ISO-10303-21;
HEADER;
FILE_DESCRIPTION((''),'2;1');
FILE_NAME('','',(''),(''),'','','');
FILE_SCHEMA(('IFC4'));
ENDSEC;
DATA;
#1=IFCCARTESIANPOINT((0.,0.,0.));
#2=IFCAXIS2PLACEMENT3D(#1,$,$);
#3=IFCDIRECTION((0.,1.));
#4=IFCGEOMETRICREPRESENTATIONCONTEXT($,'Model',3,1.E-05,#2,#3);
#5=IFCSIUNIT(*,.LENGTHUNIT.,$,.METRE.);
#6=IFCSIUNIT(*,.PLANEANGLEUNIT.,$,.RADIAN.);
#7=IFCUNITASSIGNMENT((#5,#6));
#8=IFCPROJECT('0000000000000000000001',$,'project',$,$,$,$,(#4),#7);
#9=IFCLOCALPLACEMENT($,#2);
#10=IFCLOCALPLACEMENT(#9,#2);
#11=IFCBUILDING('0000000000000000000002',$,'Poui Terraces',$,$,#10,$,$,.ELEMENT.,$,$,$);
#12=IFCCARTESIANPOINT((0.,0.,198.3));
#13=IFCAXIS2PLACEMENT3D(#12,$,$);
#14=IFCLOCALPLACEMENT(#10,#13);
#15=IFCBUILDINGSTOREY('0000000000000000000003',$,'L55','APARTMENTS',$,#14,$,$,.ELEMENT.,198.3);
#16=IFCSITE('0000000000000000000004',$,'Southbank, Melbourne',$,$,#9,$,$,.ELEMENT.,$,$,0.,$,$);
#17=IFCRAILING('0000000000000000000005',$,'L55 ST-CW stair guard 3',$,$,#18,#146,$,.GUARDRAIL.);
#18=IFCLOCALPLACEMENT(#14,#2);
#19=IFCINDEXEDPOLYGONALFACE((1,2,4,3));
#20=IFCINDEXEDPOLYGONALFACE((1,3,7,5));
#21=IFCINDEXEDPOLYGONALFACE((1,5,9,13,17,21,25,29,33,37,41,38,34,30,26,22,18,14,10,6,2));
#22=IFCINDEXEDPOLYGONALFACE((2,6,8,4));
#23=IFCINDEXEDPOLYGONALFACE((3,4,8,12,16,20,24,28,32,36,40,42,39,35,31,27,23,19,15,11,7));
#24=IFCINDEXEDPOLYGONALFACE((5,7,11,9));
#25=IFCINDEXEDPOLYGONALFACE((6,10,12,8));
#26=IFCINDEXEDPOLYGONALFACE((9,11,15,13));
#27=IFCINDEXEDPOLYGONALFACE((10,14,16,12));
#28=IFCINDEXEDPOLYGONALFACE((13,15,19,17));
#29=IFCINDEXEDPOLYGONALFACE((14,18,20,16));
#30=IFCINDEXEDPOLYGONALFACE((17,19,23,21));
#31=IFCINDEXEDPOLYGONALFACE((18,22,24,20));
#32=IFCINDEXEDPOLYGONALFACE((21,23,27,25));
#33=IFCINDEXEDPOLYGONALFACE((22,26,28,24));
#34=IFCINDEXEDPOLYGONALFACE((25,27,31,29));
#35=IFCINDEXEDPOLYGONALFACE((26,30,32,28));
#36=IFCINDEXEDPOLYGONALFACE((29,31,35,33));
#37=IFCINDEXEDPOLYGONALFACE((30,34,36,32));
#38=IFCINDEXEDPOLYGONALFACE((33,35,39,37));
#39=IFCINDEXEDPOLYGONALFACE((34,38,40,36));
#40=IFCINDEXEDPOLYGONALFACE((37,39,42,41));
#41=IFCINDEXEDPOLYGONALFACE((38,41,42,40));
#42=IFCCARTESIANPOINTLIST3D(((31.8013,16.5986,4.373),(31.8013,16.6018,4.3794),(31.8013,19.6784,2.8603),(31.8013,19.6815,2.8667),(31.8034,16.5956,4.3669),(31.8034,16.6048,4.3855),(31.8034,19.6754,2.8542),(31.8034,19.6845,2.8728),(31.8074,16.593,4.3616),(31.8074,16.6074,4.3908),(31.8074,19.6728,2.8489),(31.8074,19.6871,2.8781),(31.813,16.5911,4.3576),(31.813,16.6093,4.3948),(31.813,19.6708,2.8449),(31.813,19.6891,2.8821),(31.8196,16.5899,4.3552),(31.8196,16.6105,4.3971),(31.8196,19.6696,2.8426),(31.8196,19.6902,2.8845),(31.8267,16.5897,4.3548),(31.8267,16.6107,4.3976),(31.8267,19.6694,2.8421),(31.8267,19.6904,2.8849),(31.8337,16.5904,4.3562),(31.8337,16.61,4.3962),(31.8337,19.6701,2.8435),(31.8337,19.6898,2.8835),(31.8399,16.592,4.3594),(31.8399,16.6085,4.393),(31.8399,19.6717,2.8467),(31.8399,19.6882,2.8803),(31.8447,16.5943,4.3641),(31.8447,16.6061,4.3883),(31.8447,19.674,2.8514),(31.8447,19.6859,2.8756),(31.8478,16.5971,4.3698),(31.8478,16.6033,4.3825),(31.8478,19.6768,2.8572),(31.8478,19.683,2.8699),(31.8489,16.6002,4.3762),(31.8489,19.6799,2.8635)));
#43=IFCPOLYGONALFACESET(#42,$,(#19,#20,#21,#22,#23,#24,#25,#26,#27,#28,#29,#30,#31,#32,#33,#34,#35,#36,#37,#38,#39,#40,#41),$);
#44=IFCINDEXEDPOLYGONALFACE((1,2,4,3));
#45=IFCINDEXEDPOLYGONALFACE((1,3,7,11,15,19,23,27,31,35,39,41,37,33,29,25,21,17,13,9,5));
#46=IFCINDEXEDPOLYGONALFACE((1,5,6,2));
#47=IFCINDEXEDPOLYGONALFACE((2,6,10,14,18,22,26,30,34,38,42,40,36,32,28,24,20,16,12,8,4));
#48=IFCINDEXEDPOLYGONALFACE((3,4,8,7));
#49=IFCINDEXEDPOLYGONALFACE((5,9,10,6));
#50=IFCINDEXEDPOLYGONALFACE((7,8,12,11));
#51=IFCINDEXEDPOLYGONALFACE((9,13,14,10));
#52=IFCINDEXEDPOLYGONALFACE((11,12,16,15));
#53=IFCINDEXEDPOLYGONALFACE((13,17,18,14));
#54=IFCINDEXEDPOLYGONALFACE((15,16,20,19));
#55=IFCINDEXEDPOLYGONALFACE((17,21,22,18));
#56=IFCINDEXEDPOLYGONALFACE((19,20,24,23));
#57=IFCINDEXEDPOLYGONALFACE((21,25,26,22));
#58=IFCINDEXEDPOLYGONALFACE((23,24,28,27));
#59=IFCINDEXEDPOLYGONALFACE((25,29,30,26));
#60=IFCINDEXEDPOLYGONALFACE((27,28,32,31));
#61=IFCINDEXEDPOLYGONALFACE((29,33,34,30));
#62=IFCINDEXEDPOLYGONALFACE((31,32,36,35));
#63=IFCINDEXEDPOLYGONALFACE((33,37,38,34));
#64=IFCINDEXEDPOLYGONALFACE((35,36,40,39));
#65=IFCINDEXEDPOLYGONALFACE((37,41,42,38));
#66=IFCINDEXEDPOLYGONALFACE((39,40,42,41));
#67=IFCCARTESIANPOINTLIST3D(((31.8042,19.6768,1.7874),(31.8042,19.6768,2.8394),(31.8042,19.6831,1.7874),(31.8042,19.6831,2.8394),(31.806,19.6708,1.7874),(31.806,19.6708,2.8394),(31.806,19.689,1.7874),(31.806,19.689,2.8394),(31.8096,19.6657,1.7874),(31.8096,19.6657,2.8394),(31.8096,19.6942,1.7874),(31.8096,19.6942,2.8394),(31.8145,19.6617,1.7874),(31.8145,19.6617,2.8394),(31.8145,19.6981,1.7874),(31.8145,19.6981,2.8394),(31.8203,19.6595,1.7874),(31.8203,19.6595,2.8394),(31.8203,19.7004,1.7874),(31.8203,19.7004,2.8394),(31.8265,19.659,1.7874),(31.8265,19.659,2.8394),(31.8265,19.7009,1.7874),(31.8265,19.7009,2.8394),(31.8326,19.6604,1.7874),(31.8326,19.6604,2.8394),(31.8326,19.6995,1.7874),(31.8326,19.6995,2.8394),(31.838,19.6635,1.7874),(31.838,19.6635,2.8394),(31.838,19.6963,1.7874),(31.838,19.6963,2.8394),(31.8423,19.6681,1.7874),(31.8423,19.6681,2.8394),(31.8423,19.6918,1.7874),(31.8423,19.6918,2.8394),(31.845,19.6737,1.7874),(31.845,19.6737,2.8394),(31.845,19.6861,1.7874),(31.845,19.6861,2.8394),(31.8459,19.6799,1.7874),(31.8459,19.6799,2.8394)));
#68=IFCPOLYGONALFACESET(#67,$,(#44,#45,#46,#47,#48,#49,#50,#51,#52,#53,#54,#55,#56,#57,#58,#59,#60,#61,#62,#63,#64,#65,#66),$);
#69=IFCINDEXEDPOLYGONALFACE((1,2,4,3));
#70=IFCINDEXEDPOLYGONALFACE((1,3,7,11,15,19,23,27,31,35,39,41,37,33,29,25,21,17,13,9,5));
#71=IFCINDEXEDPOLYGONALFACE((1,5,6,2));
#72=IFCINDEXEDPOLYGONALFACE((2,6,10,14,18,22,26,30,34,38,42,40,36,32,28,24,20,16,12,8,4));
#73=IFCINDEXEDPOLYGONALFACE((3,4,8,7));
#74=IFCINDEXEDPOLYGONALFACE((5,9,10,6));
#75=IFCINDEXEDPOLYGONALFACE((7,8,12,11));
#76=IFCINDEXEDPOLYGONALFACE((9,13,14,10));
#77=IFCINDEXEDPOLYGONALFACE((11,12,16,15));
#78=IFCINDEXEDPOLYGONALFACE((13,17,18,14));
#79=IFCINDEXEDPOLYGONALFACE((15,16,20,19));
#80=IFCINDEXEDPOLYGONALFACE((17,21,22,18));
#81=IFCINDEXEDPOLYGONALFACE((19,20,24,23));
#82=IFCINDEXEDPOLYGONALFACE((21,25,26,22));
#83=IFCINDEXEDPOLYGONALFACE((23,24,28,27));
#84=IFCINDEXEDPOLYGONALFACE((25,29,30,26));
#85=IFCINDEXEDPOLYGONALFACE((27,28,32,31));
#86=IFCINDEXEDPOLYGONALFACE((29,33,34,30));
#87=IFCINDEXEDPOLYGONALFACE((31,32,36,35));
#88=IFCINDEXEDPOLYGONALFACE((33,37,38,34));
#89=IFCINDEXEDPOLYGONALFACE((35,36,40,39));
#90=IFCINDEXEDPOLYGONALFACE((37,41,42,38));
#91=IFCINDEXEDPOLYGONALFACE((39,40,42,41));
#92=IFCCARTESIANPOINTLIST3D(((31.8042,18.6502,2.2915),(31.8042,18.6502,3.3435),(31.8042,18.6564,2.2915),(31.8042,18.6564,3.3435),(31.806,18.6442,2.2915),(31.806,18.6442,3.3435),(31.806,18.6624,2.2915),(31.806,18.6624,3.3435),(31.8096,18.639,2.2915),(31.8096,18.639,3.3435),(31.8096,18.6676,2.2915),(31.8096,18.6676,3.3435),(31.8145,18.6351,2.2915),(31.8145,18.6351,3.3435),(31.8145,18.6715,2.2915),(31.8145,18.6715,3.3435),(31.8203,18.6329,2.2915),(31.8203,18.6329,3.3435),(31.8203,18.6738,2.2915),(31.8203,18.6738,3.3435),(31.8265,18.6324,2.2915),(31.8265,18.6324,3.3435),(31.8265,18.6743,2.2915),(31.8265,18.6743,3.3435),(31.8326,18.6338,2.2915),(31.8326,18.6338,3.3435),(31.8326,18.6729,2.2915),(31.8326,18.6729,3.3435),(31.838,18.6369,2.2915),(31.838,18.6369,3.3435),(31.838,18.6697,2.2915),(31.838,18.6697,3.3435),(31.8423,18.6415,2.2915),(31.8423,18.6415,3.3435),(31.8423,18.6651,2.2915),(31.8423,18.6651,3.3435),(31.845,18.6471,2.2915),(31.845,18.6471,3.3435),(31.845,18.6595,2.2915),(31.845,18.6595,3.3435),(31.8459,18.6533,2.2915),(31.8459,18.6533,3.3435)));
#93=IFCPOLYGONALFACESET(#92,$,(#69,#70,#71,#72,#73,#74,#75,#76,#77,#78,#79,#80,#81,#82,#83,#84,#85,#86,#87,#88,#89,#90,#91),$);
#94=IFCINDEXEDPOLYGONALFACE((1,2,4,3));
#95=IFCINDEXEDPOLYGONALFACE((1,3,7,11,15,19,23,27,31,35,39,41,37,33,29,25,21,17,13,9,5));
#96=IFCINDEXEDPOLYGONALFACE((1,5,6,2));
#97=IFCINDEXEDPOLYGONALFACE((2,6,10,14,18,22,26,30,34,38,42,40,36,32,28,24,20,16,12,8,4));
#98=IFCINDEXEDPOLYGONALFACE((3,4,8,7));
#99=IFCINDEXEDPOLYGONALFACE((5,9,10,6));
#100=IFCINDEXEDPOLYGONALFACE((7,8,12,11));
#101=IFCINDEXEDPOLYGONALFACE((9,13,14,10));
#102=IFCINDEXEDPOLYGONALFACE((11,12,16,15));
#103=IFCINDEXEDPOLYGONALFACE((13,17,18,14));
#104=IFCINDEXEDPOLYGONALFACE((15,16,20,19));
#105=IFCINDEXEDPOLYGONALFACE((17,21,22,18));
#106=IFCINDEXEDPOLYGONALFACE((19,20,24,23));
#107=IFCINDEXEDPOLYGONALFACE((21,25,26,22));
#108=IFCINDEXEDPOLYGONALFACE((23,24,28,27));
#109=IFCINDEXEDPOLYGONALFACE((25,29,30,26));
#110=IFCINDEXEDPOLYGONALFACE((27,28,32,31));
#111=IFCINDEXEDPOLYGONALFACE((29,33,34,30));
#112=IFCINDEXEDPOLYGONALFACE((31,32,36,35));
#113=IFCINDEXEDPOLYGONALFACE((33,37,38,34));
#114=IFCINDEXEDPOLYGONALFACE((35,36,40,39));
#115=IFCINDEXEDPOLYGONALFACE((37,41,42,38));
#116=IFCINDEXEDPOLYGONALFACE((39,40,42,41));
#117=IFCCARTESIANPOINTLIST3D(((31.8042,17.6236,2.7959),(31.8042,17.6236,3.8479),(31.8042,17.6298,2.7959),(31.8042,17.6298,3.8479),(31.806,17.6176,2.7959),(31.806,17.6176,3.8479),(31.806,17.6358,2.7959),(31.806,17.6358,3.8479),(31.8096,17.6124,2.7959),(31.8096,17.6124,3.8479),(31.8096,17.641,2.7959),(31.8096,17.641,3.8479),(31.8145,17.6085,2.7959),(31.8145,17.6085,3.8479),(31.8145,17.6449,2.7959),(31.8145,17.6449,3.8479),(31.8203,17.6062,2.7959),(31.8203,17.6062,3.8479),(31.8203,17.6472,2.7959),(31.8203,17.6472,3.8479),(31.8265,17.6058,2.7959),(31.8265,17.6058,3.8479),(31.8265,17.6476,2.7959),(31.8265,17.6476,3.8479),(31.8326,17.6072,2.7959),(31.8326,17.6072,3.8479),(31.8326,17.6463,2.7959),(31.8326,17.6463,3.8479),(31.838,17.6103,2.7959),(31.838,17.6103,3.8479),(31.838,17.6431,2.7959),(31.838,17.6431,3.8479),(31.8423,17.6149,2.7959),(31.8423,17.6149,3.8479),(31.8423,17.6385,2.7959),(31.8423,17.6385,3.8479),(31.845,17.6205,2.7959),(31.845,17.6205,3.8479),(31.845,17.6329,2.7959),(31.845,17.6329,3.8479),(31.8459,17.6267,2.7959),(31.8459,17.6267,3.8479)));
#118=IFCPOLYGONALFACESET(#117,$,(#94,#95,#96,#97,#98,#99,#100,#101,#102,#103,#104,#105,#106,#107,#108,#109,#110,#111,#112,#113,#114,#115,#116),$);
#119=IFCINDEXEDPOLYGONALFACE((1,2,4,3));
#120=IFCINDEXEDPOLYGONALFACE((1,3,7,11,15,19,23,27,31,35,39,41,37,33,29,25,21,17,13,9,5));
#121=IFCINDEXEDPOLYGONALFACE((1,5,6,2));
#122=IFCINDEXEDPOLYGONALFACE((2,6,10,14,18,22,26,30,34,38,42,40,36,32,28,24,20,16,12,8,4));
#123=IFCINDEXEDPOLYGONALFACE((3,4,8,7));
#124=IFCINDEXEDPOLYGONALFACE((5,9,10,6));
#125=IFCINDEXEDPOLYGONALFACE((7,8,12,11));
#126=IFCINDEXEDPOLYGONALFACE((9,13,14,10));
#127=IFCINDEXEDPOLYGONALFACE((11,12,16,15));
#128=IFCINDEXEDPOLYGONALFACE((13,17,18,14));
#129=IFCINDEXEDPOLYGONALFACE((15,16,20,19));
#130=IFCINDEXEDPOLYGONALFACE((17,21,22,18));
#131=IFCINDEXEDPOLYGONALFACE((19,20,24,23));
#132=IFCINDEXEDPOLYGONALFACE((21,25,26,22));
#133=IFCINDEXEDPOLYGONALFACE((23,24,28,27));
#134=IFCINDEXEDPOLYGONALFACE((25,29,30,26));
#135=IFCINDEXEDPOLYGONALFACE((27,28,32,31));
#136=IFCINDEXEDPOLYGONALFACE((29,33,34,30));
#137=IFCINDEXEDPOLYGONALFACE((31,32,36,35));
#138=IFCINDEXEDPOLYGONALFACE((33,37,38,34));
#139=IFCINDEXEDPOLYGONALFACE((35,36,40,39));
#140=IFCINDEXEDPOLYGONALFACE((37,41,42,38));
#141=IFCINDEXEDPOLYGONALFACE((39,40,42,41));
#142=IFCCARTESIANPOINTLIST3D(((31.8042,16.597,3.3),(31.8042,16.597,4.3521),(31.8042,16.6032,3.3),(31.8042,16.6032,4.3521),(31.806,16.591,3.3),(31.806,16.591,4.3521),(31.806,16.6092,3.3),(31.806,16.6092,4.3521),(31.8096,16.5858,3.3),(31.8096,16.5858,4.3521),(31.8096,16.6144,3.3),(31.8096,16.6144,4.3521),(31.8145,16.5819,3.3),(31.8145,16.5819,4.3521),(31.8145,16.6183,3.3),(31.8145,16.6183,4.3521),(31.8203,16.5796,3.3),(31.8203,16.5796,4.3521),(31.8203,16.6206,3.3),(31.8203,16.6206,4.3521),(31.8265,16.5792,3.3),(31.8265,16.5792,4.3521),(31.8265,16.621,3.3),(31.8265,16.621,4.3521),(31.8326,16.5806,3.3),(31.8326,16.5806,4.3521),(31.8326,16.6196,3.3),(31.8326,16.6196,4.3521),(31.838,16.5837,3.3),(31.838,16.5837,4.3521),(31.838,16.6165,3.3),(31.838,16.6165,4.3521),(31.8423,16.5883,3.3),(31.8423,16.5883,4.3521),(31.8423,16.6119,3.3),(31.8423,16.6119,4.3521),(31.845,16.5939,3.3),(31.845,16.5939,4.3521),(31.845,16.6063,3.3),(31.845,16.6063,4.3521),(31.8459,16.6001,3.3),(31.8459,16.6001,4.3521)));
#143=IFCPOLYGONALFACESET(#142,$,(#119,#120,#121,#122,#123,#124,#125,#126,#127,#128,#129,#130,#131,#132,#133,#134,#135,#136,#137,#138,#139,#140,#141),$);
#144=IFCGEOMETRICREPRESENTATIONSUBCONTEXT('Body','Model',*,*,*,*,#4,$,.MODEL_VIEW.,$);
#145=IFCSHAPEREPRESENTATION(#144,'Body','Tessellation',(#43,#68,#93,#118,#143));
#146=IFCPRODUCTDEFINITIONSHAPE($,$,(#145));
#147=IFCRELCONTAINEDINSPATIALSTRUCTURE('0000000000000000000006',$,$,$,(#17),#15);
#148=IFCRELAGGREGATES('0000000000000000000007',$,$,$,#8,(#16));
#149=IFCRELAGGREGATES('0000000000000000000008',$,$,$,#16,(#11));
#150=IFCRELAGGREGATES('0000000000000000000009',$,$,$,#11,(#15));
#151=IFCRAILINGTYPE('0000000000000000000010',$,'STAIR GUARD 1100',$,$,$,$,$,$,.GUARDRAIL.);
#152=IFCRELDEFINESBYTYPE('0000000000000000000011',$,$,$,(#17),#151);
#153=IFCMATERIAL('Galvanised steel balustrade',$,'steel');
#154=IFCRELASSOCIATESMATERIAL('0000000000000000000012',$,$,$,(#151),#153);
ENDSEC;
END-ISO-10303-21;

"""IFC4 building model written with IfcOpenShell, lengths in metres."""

from ifc_helpers import new_model, si_unit, direction, frame, origin, origin_2d, place, context, subcontext, project, spatial, circle, extrude, material, type_object, element, save


model = new_model("IFC4")

# Units and contexts
model_context = context("Model", 3, precision=1e-05, world=origin(), true_north=direction((0.0, 1.0)))
body_context = subcontext(model_context, "Body", "Model", "MODEL_VIEW")
ifc_project = project(units=[si_unit("LENGTHUNIT", "METRE"), si_unit("PLANEANGLEUNIT", "RADIAN")], contexts=[model_context])

# Site, building, storey
site_placement = place(None, origin())
site = spatial("IfcSite", under=ifc_project, at=site_placement, Name="Southbank, Melbourne", CompositionType="ELEMENT", RefElevation=0.0)
building_placement = place(site_placement, origin())
building = spatial("IfcBuilding", under=site, at=building_placement, Name="Poui Terraces", CompositionType="ELEMENT")
storey_placement = place(building_placement, frame((0.0, 0.0, 198.3)))
storey = spatial("IfcBuildingStorey", under=building, at=storey_placement, Name="L55", Description="APARTMENTS", CompositionType="ELEMENT", Elevation=198.3)

# Railing
ifc_material_1 = material(Name="Galvanised steel balustrade", Category="steel")
railing_type_1 = type_object("IfcRailingType", Name="STAIR GUARD 1100", PredefinedType="GUARDRAIL", material=ifc_material_1)
railing_1_placement = place(storey_placement, frame((31.825, 19.6799, 1.7874)))
element("IfcRailing", 1, at=railing_1_placement, inside=storey, type_object=railing_type_1, Name="L55 ST-CW stair guard 3", PredefinedType="GUARDRAIL", context=body_context, shape_type="SweptSolid", body=[
    extrude(circle(Radius=0.0239, at=origin_2d()), frame((0.0, 0.0, 1.0762), z_axis=(0.0, -0.897578, 0.440856), x_axis=(1.0, 0.0, 0.0)), (0.0, 0.0, 1.0), 3.4312),
    extrude(circle(Radius=0.021, at=origin_2d()), origin(), (0.0, 0.0, 1.0), 1.052),
    extrude(circle(Radius=0.021, at=origin_2d()), frame((0.0, -1.0266, 0.5042)), (0.0, 0.0, 1.0), 1.052),
    extrude(circle(Radius=0.021, at=origin_2d()), frame((0.0, -2.0532, 1.0085)), (0.0, 0.0, 1.0), 1.052),
    extrude(circle(Radius=0.021, at=origin_2d()), frame((0.0, -3.0798, 1.5127)), (0.0, 0.0, 1.0), 1.052),
])

save(model, "model.ifc")
